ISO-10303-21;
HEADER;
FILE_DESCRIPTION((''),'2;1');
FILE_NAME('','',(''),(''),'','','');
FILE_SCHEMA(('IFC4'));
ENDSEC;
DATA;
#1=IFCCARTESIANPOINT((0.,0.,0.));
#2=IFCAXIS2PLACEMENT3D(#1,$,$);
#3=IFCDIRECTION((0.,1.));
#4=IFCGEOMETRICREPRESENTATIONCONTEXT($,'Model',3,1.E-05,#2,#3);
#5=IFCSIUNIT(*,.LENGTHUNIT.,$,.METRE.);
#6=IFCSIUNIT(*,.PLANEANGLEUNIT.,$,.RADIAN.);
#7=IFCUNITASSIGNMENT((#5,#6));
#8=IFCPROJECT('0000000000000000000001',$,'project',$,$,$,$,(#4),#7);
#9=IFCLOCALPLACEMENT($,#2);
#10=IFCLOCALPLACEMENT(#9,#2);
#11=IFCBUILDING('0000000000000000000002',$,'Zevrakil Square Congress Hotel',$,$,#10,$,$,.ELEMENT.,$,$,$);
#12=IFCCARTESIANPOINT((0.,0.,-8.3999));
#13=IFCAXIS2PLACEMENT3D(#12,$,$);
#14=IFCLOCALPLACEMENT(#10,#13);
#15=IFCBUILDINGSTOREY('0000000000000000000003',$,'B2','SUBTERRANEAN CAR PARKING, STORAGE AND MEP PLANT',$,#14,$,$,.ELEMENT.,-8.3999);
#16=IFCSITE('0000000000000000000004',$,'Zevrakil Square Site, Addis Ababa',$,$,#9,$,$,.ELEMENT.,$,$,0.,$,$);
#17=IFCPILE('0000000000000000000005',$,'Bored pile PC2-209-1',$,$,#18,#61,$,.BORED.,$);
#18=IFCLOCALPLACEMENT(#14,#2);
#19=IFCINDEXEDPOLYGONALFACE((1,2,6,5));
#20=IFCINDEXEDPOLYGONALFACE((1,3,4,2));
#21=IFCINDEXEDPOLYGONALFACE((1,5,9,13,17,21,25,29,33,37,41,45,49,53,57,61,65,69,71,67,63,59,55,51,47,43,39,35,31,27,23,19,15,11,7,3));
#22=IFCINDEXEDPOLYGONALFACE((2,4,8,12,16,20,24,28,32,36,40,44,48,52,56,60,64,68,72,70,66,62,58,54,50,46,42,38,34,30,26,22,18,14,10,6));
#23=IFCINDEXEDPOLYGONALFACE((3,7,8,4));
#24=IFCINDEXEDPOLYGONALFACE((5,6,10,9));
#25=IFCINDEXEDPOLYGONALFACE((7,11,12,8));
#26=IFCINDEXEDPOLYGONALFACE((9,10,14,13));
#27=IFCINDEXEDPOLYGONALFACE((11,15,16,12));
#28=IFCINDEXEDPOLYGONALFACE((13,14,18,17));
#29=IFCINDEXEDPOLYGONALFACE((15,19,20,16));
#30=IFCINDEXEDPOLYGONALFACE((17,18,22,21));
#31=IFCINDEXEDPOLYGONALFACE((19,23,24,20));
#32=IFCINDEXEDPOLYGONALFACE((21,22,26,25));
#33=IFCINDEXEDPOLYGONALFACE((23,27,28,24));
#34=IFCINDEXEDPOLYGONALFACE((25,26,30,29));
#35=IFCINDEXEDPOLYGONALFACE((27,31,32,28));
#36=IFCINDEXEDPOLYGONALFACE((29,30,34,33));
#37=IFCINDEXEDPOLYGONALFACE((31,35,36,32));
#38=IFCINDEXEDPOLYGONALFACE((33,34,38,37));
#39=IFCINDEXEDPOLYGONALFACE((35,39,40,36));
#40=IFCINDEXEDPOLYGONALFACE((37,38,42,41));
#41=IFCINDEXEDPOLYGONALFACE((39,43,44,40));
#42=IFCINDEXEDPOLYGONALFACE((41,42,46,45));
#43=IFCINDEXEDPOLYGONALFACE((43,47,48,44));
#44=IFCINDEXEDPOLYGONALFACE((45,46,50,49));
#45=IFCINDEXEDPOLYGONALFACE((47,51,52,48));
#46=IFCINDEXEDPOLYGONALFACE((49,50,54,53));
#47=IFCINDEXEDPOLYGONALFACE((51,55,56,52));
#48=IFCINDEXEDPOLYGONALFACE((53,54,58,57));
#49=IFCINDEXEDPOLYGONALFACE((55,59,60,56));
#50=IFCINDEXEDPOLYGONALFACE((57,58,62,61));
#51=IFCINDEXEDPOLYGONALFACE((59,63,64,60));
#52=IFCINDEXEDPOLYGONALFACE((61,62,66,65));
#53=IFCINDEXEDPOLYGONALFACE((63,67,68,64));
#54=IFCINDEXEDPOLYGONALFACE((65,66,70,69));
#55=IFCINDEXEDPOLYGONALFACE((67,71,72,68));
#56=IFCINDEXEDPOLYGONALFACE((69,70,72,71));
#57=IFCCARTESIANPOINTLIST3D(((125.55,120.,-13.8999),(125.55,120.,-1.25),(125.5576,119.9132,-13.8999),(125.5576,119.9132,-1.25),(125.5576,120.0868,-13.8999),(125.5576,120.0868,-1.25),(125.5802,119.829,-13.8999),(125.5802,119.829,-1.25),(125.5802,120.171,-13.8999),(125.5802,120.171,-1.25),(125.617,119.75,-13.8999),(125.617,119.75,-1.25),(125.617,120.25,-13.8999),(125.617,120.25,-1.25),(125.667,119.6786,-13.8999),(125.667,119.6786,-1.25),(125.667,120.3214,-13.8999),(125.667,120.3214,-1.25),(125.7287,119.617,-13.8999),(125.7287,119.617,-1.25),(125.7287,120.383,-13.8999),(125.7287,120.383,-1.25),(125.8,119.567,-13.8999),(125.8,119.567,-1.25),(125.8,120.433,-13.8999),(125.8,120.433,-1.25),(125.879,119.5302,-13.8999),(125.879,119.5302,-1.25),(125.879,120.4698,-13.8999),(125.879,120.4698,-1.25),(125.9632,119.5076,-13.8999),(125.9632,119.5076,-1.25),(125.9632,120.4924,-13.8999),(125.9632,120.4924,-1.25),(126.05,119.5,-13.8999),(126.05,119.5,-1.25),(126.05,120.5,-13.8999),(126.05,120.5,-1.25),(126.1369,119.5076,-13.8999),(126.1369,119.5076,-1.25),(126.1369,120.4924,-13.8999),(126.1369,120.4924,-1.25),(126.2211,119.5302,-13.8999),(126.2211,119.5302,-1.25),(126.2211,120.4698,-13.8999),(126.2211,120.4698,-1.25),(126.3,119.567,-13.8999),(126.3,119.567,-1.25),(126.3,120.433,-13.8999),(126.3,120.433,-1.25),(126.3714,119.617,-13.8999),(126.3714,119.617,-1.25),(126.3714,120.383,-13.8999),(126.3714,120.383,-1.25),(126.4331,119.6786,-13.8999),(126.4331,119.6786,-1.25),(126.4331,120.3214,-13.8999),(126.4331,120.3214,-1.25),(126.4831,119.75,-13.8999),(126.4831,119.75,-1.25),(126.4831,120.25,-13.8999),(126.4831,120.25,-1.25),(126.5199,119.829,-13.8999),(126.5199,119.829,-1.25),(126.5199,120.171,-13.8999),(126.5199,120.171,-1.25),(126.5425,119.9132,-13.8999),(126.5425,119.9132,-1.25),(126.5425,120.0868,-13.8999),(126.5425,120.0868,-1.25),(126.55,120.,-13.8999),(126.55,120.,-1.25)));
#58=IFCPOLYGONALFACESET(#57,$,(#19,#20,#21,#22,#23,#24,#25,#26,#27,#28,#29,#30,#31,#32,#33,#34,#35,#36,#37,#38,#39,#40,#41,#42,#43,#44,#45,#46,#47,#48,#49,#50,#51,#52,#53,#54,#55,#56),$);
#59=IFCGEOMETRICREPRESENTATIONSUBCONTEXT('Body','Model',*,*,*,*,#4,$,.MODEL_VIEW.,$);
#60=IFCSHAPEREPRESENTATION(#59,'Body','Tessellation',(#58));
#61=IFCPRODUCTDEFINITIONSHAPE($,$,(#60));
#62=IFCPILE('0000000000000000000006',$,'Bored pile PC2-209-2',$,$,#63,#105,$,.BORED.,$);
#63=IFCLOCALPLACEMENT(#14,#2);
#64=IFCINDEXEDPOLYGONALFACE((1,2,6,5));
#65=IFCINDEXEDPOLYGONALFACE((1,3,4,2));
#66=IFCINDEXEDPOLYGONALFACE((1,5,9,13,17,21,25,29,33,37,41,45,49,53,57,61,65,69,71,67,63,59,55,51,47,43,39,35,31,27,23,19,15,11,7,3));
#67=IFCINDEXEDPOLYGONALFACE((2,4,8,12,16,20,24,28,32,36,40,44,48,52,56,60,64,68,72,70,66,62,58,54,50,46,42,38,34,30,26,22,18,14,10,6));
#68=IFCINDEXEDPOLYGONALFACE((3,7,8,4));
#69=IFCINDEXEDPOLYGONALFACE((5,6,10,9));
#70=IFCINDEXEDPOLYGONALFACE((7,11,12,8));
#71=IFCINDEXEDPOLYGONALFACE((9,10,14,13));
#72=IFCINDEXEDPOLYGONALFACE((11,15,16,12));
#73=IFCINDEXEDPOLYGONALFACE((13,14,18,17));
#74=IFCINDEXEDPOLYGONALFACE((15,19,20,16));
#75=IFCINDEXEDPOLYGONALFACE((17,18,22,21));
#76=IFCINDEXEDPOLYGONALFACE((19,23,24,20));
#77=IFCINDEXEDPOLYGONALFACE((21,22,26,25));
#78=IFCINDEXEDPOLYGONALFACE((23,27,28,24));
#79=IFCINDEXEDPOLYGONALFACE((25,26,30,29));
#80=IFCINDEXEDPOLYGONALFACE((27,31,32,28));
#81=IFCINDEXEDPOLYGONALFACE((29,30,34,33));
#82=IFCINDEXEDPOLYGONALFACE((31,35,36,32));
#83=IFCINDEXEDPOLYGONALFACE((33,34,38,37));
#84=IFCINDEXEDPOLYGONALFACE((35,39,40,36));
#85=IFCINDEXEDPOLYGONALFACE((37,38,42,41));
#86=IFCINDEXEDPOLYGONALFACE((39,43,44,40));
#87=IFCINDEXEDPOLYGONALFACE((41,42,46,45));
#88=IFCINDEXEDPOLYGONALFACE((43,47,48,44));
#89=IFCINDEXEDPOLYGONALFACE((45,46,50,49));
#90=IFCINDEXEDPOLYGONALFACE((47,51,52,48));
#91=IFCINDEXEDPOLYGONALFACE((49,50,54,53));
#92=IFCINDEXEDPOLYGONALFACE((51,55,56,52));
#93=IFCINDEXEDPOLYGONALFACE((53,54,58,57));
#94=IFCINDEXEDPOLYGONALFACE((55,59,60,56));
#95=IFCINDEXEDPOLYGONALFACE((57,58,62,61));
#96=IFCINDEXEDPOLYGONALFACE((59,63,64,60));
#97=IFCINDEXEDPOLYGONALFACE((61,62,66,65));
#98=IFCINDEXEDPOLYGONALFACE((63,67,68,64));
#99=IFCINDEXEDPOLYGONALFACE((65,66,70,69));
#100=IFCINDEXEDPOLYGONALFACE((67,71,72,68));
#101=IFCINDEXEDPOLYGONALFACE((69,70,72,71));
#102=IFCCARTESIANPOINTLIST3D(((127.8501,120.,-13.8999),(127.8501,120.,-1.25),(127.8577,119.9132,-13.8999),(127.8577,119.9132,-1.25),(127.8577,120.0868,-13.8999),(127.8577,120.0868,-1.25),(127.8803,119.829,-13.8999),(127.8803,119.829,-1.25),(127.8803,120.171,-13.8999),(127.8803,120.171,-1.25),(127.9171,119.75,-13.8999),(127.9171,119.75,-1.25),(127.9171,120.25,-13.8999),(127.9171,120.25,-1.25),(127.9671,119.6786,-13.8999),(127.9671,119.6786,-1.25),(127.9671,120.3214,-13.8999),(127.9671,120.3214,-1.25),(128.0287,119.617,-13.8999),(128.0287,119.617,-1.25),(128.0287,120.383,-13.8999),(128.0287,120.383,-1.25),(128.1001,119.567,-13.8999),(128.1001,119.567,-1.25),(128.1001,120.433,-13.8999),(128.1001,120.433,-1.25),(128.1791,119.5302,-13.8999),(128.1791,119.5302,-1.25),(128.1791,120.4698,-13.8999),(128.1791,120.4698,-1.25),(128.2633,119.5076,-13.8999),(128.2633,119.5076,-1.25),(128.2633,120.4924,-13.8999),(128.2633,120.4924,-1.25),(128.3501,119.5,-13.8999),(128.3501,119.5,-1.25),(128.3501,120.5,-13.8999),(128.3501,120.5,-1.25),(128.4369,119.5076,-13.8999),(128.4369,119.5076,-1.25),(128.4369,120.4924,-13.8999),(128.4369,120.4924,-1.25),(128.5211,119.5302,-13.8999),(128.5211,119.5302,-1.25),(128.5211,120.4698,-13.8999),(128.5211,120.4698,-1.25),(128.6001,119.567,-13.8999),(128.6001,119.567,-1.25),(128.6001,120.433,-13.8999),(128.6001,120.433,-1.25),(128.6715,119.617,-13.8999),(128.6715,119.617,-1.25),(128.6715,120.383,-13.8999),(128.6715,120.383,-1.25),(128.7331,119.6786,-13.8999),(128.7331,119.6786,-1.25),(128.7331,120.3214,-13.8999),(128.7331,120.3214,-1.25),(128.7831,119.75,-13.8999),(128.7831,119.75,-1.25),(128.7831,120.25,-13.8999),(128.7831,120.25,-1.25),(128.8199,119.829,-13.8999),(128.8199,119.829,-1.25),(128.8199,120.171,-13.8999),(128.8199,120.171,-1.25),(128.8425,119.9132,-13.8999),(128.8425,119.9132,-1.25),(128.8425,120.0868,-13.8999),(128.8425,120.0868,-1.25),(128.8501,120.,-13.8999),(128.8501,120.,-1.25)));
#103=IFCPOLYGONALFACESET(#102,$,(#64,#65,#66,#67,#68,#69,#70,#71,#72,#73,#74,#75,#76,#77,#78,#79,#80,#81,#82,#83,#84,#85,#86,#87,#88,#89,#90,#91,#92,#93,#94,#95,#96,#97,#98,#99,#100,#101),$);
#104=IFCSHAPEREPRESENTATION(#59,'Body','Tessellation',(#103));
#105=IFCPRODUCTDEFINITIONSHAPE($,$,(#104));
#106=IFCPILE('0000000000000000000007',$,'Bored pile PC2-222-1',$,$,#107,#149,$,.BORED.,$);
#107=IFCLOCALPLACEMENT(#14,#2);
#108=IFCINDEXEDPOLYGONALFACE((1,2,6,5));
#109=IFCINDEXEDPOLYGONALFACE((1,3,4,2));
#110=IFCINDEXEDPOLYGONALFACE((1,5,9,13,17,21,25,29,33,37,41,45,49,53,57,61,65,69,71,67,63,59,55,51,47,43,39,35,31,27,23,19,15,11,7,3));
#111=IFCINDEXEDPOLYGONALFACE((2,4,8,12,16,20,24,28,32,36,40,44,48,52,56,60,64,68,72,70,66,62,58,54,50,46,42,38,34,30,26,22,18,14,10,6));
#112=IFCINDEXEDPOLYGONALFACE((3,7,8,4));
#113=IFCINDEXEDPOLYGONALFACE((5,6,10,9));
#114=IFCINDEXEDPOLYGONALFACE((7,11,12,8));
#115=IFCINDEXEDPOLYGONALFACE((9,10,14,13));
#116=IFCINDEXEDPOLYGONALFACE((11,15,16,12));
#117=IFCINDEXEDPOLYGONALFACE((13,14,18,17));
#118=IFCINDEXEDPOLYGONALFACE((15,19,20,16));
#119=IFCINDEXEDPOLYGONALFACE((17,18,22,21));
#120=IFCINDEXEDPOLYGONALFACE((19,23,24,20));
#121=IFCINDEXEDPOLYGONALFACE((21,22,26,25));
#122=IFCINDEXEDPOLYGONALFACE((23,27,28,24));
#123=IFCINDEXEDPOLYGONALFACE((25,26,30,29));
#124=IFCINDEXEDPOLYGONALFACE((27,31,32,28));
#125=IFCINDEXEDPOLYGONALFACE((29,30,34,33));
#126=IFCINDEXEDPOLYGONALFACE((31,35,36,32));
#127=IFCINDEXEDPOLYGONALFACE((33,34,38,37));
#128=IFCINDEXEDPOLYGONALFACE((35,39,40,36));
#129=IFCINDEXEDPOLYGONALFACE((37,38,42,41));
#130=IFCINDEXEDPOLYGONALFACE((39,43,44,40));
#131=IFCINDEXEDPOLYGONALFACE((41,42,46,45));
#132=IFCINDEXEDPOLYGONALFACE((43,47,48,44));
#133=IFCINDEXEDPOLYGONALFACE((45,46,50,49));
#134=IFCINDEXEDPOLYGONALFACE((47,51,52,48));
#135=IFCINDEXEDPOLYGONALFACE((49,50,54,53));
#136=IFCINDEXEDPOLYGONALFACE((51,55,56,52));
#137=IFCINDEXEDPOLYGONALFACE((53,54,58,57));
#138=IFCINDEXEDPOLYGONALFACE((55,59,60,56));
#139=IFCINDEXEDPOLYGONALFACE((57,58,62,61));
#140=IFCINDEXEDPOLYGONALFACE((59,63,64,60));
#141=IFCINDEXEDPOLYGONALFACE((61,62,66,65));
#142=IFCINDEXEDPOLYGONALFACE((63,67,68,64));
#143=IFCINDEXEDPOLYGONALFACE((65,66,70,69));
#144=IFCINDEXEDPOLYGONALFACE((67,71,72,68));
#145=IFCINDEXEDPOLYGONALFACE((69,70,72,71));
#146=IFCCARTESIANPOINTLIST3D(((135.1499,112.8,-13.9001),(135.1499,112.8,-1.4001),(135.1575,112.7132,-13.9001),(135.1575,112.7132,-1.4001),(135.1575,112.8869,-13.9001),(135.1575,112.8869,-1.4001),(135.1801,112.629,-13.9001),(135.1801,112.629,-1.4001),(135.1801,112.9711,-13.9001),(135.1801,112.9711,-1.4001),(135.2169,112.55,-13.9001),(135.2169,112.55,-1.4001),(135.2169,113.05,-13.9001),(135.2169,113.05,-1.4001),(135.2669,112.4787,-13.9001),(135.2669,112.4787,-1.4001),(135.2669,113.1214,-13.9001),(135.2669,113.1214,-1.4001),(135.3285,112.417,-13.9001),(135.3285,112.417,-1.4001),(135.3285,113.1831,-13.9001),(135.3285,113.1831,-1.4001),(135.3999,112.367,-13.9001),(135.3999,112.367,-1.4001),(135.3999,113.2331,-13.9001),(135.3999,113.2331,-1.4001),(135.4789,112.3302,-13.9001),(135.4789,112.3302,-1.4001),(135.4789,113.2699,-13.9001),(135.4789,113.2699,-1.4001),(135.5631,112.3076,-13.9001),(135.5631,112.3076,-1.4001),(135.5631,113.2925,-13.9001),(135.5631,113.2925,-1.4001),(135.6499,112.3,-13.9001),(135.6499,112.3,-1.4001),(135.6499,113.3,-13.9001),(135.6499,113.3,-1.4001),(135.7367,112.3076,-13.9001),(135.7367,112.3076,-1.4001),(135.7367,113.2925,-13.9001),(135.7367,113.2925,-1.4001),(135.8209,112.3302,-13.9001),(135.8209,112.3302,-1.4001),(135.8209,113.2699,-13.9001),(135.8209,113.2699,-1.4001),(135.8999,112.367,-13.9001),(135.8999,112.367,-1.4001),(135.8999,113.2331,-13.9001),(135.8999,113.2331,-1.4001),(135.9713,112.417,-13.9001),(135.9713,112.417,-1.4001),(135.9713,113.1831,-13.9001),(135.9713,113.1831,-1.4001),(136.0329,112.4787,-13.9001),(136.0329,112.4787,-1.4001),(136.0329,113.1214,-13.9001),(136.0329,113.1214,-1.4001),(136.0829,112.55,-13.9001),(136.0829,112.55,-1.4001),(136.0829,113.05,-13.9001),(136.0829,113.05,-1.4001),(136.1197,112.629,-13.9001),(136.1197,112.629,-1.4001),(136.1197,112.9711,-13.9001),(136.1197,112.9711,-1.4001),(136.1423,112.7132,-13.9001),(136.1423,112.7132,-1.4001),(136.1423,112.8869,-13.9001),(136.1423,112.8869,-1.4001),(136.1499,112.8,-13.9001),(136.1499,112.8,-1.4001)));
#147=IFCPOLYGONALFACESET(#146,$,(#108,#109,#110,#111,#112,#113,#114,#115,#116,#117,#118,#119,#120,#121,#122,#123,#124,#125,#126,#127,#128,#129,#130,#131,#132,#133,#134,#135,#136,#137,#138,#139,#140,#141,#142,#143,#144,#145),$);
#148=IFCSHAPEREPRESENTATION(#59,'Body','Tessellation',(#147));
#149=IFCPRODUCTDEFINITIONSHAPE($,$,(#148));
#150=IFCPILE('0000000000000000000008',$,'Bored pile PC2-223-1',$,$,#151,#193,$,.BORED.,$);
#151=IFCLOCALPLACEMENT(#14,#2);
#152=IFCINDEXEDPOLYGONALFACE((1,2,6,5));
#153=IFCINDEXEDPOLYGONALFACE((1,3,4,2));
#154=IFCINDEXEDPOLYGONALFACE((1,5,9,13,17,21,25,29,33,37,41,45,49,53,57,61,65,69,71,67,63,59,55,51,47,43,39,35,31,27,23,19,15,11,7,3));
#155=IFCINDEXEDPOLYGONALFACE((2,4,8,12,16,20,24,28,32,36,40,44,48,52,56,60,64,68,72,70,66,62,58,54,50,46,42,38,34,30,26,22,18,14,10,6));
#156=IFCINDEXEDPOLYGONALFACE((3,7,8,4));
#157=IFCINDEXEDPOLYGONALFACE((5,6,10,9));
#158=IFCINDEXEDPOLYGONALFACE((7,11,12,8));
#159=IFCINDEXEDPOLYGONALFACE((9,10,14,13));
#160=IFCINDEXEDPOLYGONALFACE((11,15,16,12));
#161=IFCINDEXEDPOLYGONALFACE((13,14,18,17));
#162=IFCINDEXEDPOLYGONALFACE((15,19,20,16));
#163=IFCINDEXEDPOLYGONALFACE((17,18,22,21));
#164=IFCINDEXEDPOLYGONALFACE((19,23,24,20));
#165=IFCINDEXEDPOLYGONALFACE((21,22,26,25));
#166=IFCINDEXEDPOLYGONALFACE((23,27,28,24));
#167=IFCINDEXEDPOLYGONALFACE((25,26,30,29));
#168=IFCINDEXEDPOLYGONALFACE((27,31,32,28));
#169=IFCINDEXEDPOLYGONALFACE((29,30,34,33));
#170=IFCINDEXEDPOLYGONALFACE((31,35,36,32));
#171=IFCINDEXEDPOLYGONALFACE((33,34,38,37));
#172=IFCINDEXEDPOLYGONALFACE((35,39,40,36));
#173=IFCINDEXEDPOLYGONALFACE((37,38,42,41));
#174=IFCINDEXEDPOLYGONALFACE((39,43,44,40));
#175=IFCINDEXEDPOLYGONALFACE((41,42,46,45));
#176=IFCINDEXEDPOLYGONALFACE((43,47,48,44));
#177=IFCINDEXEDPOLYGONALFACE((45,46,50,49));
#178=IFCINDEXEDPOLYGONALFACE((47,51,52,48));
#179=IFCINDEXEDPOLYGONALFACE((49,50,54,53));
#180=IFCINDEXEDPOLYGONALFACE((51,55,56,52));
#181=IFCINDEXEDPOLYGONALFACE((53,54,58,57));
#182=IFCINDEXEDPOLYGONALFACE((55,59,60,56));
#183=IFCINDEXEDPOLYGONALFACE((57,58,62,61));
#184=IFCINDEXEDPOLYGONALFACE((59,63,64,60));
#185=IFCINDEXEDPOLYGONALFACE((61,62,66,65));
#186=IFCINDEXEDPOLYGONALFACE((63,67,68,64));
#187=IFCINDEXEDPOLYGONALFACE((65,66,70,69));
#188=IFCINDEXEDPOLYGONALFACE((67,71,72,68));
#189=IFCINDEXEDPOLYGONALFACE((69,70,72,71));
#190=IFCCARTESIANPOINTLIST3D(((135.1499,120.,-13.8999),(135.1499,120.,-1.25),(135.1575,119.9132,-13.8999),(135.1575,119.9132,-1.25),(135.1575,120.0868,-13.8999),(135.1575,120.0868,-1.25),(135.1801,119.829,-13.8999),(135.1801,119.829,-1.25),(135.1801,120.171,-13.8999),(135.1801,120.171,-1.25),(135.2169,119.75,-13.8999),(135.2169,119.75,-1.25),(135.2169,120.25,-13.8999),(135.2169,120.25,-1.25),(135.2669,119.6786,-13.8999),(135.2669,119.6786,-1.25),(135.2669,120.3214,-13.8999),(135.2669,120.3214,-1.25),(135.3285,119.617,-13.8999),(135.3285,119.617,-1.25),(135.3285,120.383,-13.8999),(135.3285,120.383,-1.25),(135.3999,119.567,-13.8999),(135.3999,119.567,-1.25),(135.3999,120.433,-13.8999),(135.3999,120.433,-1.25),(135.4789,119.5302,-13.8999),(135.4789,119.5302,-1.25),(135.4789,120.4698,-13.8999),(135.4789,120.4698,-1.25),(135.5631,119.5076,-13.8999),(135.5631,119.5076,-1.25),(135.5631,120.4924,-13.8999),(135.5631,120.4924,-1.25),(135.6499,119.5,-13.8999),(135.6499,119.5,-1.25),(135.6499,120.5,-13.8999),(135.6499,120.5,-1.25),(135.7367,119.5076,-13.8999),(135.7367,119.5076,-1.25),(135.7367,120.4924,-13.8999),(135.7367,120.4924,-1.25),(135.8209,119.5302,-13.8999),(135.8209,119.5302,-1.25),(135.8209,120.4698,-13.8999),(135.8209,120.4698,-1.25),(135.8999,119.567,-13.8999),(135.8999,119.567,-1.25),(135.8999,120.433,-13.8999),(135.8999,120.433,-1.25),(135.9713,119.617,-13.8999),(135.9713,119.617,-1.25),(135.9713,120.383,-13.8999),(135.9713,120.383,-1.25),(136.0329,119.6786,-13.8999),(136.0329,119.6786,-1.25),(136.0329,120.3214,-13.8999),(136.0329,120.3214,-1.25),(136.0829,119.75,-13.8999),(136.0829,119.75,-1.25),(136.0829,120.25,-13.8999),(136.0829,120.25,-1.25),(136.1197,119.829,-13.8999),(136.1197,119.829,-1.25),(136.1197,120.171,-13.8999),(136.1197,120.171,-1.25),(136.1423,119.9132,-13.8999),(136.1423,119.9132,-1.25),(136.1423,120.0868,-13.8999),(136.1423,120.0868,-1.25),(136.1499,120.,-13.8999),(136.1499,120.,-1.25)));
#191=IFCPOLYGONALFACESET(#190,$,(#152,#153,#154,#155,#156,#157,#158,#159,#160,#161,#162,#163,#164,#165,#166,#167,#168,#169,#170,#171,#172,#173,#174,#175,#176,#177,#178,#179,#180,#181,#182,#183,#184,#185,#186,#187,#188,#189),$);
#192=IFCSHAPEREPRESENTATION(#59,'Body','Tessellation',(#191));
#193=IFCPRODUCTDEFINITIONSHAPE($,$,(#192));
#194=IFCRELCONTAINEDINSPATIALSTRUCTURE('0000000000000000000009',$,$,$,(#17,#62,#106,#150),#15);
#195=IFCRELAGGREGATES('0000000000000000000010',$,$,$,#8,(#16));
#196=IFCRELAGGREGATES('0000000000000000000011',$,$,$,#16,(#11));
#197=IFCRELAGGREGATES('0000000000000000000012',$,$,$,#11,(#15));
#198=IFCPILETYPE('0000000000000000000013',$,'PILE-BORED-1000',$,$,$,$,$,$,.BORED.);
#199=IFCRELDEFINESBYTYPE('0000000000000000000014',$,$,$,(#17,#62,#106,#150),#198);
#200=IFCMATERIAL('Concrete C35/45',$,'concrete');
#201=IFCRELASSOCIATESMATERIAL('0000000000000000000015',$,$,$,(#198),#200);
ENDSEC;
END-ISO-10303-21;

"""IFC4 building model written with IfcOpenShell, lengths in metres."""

from ifc_helpers import new_model, si_unit, direction, frame, origin, origin_2d, place, context, subcontext, project, spatial, circle, extrude, material, material_profile, profile_set, type_object, element, save


model = new_model("IFC4")

# Units and contexts
model_context = context("Model", 3, precision=1e-05, world=origin(), true_north=direction((0.0, 1.0)))
body_context = subcontext(model_context, "Body", "Model", "MODEL_VIEW")
ifc_project = project(units=[si_unit("LENGTHUNIT", "METRE"), si_unit("PLANEANGLEUNIT", "RADIAN")], contexts=[model_context])

# Site, building, storey
site_placement = place(None, origin())
site = spatial("IfcSite", under=ifc_project, at=site_placement, Name="Zevrakil Square Site, Addis Ababa", CompositionType="ELEMENT", RefElevation=0.0)
building_placement = place(site_placement, origin())
building = spatial("IfcBuilding", under=site, at=building_placement, Name="Zevrakil Square Congress Hotel", CompositionType="ELEMENT")
storey_placement = place(building_placement, frame((0.0, 0.0, -8.3999)))
storey = spatial("IfcBuildingStorey", under=building, at=storey_placement, Name="B2", Description="SUBTERRANEAN CAR PARKING, STORAGE AND MEP PLANT", CompositionType="ELEMENT", Elevation=-8.3999)

# Piles
ifc_material_1 = material(Name="Concrete C35/45", Category="concrete")
ifc_material_profile_1 = material_profile(ifc_material_1, circle(Radius=0.5, at=origin_2d()), Name="PILE D1000")
ifc_profile_set_1 = profile_set([ifc_material_profile_1], Name="Concrete C35/45")
pile_type_1 = type_object("IfcPileType", Name="PILE-BORED-1000", PredefinedType="BORED", material=ifc_profile_set_1)
for number, where, z_axis, x_axis, name in (
    (1, (126.05, 120.0, -1.25), (0.0, 0.0, -1.0), (1.0, 0.0, 0.0), "Bored pile PC2-209-1"),
    (2, (128.3501, 120.0, -1.25), (0.0, 0.0, -1.0), (1.0, 0.0, 0.0), "Bored pile PC2-209-2"),
):
    element("IfcPile", number, at=place(storey_placement, frame(where, z_axis=z_axis, x_axis=x_axis)), inside=storey, type_object=pile_type_1, Name=name, PredefinedType="BORED", context=body_context, shape_type="SweptSolid", body=[
        extrude(circle(Radius=0.5, at=origin_2d()), origin(), (0.0, 0.0, 1.0), 12.6499),
    ])
pile_1_placement = place(storey_placement, frame((135.6499, 112.8, -1.4001), z_axis=(0.0, 0.0, -1.0), x_axis=(1.0, 0.0, 0.0)))
element("IfcPile", 3, at=pile_1_placement, inside=storey, type_object=pile_type_1, Name="Bored pile PC2-222-1", PredefinedType="BORED", context=body_context, shape_type="SweptSolid", body=[
    extrude(circle(Radius=0.5, at=origin_2d()), origin(), (0.0, 0.0, 1.0), 12.5),
])
pile_2_placement = place(storey_placement, frame((135.6499, 120.0, -1.25), z_axis=(0.0, 0.0, -1.0), x_axis=(1.0, 0.0, 0.0)))
element("IfcPile", 4, at=pile_2_placement, inside=storey, type_object=pile_type_1, Name="Bored pile PC2-223-1", PredefinedType="BORED", context=body_context, shape_type="SweptSolid", body=[
    extrude(circle(Radius=0.5, at=origin_2d()), origin(), (0.0, 0.0, 1.0), 12.6499),
])

save(model, "model.ifc")
